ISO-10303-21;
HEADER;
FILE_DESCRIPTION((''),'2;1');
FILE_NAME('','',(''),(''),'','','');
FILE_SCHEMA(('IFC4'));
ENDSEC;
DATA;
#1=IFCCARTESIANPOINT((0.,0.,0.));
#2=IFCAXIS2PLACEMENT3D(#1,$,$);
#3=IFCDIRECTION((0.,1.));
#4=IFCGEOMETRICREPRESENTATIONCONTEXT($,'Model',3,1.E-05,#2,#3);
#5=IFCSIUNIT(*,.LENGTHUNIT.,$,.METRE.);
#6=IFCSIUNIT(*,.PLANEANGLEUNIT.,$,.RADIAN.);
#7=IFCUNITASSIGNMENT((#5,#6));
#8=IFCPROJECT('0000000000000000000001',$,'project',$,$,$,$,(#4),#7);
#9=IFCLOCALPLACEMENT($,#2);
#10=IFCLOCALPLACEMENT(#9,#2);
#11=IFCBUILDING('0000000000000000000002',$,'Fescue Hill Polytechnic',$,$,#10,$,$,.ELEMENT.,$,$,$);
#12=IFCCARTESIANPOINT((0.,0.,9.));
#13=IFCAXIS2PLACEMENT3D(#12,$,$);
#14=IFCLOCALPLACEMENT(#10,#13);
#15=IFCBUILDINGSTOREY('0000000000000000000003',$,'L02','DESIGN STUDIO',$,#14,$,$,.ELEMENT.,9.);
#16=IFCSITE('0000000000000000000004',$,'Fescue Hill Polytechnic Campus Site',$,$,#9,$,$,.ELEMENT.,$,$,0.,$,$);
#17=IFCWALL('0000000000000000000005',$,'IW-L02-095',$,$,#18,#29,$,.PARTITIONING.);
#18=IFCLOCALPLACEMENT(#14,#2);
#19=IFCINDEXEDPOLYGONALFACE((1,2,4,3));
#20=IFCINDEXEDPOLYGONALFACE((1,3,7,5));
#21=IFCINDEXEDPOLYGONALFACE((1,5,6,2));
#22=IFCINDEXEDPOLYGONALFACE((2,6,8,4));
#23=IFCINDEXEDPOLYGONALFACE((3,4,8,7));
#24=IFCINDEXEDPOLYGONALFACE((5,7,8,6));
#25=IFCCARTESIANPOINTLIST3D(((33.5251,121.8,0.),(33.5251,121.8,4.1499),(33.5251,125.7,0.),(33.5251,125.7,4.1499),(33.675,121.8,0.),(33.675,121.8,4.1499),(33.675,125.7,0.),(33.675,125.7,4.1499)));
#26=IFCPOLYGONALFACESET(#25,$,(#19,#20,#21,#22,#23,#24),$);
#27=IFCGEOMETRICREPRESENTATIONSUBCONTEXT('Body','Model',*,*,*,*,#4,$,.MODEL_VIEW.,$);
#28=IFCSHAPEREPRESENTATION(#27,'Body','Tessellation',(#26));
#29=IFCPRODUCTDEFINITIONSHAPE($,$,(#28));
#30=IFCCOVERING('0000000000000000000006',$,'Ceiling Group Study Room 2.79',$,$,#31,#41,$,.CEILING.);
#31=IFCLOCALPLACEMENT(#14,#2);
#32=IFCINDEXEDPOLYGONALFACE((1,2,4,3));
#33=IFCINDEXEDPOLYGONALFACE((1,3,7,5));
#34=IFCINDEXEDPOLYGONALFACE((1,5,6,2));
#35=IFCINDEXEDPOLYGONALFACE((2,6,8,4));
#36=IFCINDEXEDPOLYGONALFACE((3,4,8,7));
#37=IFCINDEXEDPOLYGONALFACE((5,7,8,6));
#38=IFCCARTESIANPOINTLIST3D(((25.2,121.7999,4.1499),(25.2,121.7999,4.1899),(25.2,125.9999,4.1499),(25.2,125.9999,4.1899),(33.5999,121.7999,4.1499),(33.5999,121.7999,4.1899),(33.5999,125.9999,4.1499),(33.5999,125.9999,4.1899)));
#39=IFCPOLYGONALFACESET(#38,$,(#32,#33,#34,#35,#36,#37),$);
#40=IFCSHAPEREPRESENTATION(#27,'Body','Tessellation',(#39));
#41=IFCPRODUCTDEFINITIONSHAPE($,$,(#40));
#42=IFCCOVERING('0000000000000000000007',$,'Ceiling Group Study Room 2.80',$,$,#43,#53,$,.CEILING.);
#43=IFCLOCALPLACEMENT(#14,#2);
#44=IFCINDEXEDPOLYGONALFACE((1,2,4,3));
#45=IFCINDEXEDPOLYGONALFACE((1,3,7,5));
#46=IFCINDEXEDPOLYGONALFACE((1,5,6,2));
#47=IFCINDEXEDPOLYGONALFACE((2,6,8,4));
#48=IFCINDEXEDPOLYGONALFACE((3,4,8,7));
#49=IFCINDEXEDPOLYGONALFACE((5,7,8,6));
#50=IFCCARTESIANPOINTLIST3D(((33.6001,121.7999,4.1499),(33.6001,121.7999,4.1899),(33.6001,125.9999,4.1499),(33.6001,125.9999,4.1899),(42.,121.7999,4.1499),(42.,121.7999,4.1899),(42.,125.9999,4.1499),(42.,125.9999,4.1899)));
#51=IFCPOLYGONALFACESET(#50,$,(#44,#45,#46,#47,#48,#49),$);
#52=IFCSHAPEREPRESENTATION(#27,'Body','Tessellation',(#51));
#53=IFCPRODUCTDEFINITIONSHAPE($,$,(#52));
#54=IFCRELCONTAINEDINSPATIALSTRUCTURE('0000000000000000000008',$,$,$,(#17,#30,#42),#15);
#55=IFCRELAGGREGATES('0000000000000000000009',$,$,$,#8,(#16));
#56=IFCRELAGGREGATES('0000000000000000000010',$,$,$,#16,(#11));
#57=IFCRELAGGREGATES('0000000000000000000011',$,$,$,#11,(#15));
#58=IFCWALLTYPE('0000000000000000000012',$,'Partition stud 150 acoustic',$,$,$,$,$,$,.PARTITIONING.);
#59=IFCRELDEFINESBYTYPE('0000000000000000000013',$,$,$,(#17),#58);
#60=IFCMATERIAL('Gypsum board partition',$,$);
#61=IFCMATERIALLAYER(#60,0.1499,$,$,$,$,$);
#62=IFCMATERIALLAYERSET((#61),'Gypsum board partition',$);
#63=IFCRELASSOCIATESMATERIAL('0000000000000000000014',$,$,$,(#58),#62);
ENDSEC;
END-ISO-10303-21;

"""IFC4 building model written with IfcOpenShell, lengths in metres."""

from ifc_helpers import new_model, si_unit, direction, frame, frame_2d, origin, origin_2d, place, context, subcontext, project, spatial, rectangle, extrude, material, layer, layer_set, type_object, element, save


model = new_model("IFC4")

# Units and contexts
model_context = context("Model", 3, precision=1e-05, world=origin(), true_north=direction((0.0, 1.0)))
body_context = subcontext(model_context, "Body", "Model", "MODEL_VIEW")
ifc_project = project(units=[si_unit("LENGTHUNIT", "METRE"), si_unit("PLANEANGLEUNIT", "RADIAN")], contexts=[model_context])

# Site, building, storey
site_placement = place(None, origin())
site = spatial("IfcSite", under=ifc_project, at=site_placement, Name="Fescue Hill Polytechnic Campus Site", CompositionType="ELEMENT", RefElevation=0.0)
building_placement = place(site_placement, origin())
building = spatial("IfcBuilding", under=site, at=building_placement, Name="Fescue Hill Polytechnic", CompositionType="ELEMENT")
storey_placement = place(building_placement, frame((0.0, 0.0, 9.0)))
storey = spatial("IfcBuildingStorey", under=building, at=storey_placement, Name="L02", Description="DESIGN STUDIO", CompositionType="ELEMENT", Elevation=9.0)

# Shared definitions
ifc_material_1 = material(Name="Gypsum board partition")

# Shared definitions
ifc_layer_1 = layer(ifc_material_1, 0.1499)
ifc_layer_set_1 = layer_set([ifc_layer_1], Name="Gypsum board partition")
wall_type_1 = type_object("IfcWallType", Name="Partition stud 150 acoustic", PredefinedType="PARTITIONING", material=ifc_layer_set_1)

# Wall
wall_1_placement = place(storey_placement, frame((33.6001, 121.8, 0.0), z_axis=(0.0, 0.0, 1.0), x_axis=(0.0, 1.0, 0.0)))
element("IfcWall", 1, at=wall_1_placement, inside=storey, type_object=wall_type_1, Name="IW-L02-095", PredefinedType="PARTITIONING", context=body_context, shape_type="SweptSolid", body=[
    extrude(rectangle(XDim=3.8999, YDim=0.1499, at=frame_2d((1.95, 0.0))), origin(), (0.0, 0.0, 1.0), 4.1499),
])

# Coverings
for number, where, z_axis, x_axis, name in (
    (2, (29.3999, 123.8999, 4.1499), (0.0, 0.0, 1.0), (1.0, 0.0, 0.0), "Ceiling Group Study Room 2.79"),
    (3, (37.8, 123.8999, 4.1499), (0.0, 0.0, 1.0), (1.0, 0.0, 0.0), "Ceiling Group Study Room 2.80"),
):
    element("IfcCovering", number, at=place(storey_placement, frame(where, z_axis=z_axis, x_axis=x_axis)), inside=storey, Name=name, PredefinedType="CEILING", context=body_context, shape_type="SweptSolid", body=[
        extrude(rectangle(XDim=8.3999, YDim=4.2, at=origin_2d()), origin(), (0.0, 0.0, 1.0), 0.04),
    ])

save(model, "model.ifc")
